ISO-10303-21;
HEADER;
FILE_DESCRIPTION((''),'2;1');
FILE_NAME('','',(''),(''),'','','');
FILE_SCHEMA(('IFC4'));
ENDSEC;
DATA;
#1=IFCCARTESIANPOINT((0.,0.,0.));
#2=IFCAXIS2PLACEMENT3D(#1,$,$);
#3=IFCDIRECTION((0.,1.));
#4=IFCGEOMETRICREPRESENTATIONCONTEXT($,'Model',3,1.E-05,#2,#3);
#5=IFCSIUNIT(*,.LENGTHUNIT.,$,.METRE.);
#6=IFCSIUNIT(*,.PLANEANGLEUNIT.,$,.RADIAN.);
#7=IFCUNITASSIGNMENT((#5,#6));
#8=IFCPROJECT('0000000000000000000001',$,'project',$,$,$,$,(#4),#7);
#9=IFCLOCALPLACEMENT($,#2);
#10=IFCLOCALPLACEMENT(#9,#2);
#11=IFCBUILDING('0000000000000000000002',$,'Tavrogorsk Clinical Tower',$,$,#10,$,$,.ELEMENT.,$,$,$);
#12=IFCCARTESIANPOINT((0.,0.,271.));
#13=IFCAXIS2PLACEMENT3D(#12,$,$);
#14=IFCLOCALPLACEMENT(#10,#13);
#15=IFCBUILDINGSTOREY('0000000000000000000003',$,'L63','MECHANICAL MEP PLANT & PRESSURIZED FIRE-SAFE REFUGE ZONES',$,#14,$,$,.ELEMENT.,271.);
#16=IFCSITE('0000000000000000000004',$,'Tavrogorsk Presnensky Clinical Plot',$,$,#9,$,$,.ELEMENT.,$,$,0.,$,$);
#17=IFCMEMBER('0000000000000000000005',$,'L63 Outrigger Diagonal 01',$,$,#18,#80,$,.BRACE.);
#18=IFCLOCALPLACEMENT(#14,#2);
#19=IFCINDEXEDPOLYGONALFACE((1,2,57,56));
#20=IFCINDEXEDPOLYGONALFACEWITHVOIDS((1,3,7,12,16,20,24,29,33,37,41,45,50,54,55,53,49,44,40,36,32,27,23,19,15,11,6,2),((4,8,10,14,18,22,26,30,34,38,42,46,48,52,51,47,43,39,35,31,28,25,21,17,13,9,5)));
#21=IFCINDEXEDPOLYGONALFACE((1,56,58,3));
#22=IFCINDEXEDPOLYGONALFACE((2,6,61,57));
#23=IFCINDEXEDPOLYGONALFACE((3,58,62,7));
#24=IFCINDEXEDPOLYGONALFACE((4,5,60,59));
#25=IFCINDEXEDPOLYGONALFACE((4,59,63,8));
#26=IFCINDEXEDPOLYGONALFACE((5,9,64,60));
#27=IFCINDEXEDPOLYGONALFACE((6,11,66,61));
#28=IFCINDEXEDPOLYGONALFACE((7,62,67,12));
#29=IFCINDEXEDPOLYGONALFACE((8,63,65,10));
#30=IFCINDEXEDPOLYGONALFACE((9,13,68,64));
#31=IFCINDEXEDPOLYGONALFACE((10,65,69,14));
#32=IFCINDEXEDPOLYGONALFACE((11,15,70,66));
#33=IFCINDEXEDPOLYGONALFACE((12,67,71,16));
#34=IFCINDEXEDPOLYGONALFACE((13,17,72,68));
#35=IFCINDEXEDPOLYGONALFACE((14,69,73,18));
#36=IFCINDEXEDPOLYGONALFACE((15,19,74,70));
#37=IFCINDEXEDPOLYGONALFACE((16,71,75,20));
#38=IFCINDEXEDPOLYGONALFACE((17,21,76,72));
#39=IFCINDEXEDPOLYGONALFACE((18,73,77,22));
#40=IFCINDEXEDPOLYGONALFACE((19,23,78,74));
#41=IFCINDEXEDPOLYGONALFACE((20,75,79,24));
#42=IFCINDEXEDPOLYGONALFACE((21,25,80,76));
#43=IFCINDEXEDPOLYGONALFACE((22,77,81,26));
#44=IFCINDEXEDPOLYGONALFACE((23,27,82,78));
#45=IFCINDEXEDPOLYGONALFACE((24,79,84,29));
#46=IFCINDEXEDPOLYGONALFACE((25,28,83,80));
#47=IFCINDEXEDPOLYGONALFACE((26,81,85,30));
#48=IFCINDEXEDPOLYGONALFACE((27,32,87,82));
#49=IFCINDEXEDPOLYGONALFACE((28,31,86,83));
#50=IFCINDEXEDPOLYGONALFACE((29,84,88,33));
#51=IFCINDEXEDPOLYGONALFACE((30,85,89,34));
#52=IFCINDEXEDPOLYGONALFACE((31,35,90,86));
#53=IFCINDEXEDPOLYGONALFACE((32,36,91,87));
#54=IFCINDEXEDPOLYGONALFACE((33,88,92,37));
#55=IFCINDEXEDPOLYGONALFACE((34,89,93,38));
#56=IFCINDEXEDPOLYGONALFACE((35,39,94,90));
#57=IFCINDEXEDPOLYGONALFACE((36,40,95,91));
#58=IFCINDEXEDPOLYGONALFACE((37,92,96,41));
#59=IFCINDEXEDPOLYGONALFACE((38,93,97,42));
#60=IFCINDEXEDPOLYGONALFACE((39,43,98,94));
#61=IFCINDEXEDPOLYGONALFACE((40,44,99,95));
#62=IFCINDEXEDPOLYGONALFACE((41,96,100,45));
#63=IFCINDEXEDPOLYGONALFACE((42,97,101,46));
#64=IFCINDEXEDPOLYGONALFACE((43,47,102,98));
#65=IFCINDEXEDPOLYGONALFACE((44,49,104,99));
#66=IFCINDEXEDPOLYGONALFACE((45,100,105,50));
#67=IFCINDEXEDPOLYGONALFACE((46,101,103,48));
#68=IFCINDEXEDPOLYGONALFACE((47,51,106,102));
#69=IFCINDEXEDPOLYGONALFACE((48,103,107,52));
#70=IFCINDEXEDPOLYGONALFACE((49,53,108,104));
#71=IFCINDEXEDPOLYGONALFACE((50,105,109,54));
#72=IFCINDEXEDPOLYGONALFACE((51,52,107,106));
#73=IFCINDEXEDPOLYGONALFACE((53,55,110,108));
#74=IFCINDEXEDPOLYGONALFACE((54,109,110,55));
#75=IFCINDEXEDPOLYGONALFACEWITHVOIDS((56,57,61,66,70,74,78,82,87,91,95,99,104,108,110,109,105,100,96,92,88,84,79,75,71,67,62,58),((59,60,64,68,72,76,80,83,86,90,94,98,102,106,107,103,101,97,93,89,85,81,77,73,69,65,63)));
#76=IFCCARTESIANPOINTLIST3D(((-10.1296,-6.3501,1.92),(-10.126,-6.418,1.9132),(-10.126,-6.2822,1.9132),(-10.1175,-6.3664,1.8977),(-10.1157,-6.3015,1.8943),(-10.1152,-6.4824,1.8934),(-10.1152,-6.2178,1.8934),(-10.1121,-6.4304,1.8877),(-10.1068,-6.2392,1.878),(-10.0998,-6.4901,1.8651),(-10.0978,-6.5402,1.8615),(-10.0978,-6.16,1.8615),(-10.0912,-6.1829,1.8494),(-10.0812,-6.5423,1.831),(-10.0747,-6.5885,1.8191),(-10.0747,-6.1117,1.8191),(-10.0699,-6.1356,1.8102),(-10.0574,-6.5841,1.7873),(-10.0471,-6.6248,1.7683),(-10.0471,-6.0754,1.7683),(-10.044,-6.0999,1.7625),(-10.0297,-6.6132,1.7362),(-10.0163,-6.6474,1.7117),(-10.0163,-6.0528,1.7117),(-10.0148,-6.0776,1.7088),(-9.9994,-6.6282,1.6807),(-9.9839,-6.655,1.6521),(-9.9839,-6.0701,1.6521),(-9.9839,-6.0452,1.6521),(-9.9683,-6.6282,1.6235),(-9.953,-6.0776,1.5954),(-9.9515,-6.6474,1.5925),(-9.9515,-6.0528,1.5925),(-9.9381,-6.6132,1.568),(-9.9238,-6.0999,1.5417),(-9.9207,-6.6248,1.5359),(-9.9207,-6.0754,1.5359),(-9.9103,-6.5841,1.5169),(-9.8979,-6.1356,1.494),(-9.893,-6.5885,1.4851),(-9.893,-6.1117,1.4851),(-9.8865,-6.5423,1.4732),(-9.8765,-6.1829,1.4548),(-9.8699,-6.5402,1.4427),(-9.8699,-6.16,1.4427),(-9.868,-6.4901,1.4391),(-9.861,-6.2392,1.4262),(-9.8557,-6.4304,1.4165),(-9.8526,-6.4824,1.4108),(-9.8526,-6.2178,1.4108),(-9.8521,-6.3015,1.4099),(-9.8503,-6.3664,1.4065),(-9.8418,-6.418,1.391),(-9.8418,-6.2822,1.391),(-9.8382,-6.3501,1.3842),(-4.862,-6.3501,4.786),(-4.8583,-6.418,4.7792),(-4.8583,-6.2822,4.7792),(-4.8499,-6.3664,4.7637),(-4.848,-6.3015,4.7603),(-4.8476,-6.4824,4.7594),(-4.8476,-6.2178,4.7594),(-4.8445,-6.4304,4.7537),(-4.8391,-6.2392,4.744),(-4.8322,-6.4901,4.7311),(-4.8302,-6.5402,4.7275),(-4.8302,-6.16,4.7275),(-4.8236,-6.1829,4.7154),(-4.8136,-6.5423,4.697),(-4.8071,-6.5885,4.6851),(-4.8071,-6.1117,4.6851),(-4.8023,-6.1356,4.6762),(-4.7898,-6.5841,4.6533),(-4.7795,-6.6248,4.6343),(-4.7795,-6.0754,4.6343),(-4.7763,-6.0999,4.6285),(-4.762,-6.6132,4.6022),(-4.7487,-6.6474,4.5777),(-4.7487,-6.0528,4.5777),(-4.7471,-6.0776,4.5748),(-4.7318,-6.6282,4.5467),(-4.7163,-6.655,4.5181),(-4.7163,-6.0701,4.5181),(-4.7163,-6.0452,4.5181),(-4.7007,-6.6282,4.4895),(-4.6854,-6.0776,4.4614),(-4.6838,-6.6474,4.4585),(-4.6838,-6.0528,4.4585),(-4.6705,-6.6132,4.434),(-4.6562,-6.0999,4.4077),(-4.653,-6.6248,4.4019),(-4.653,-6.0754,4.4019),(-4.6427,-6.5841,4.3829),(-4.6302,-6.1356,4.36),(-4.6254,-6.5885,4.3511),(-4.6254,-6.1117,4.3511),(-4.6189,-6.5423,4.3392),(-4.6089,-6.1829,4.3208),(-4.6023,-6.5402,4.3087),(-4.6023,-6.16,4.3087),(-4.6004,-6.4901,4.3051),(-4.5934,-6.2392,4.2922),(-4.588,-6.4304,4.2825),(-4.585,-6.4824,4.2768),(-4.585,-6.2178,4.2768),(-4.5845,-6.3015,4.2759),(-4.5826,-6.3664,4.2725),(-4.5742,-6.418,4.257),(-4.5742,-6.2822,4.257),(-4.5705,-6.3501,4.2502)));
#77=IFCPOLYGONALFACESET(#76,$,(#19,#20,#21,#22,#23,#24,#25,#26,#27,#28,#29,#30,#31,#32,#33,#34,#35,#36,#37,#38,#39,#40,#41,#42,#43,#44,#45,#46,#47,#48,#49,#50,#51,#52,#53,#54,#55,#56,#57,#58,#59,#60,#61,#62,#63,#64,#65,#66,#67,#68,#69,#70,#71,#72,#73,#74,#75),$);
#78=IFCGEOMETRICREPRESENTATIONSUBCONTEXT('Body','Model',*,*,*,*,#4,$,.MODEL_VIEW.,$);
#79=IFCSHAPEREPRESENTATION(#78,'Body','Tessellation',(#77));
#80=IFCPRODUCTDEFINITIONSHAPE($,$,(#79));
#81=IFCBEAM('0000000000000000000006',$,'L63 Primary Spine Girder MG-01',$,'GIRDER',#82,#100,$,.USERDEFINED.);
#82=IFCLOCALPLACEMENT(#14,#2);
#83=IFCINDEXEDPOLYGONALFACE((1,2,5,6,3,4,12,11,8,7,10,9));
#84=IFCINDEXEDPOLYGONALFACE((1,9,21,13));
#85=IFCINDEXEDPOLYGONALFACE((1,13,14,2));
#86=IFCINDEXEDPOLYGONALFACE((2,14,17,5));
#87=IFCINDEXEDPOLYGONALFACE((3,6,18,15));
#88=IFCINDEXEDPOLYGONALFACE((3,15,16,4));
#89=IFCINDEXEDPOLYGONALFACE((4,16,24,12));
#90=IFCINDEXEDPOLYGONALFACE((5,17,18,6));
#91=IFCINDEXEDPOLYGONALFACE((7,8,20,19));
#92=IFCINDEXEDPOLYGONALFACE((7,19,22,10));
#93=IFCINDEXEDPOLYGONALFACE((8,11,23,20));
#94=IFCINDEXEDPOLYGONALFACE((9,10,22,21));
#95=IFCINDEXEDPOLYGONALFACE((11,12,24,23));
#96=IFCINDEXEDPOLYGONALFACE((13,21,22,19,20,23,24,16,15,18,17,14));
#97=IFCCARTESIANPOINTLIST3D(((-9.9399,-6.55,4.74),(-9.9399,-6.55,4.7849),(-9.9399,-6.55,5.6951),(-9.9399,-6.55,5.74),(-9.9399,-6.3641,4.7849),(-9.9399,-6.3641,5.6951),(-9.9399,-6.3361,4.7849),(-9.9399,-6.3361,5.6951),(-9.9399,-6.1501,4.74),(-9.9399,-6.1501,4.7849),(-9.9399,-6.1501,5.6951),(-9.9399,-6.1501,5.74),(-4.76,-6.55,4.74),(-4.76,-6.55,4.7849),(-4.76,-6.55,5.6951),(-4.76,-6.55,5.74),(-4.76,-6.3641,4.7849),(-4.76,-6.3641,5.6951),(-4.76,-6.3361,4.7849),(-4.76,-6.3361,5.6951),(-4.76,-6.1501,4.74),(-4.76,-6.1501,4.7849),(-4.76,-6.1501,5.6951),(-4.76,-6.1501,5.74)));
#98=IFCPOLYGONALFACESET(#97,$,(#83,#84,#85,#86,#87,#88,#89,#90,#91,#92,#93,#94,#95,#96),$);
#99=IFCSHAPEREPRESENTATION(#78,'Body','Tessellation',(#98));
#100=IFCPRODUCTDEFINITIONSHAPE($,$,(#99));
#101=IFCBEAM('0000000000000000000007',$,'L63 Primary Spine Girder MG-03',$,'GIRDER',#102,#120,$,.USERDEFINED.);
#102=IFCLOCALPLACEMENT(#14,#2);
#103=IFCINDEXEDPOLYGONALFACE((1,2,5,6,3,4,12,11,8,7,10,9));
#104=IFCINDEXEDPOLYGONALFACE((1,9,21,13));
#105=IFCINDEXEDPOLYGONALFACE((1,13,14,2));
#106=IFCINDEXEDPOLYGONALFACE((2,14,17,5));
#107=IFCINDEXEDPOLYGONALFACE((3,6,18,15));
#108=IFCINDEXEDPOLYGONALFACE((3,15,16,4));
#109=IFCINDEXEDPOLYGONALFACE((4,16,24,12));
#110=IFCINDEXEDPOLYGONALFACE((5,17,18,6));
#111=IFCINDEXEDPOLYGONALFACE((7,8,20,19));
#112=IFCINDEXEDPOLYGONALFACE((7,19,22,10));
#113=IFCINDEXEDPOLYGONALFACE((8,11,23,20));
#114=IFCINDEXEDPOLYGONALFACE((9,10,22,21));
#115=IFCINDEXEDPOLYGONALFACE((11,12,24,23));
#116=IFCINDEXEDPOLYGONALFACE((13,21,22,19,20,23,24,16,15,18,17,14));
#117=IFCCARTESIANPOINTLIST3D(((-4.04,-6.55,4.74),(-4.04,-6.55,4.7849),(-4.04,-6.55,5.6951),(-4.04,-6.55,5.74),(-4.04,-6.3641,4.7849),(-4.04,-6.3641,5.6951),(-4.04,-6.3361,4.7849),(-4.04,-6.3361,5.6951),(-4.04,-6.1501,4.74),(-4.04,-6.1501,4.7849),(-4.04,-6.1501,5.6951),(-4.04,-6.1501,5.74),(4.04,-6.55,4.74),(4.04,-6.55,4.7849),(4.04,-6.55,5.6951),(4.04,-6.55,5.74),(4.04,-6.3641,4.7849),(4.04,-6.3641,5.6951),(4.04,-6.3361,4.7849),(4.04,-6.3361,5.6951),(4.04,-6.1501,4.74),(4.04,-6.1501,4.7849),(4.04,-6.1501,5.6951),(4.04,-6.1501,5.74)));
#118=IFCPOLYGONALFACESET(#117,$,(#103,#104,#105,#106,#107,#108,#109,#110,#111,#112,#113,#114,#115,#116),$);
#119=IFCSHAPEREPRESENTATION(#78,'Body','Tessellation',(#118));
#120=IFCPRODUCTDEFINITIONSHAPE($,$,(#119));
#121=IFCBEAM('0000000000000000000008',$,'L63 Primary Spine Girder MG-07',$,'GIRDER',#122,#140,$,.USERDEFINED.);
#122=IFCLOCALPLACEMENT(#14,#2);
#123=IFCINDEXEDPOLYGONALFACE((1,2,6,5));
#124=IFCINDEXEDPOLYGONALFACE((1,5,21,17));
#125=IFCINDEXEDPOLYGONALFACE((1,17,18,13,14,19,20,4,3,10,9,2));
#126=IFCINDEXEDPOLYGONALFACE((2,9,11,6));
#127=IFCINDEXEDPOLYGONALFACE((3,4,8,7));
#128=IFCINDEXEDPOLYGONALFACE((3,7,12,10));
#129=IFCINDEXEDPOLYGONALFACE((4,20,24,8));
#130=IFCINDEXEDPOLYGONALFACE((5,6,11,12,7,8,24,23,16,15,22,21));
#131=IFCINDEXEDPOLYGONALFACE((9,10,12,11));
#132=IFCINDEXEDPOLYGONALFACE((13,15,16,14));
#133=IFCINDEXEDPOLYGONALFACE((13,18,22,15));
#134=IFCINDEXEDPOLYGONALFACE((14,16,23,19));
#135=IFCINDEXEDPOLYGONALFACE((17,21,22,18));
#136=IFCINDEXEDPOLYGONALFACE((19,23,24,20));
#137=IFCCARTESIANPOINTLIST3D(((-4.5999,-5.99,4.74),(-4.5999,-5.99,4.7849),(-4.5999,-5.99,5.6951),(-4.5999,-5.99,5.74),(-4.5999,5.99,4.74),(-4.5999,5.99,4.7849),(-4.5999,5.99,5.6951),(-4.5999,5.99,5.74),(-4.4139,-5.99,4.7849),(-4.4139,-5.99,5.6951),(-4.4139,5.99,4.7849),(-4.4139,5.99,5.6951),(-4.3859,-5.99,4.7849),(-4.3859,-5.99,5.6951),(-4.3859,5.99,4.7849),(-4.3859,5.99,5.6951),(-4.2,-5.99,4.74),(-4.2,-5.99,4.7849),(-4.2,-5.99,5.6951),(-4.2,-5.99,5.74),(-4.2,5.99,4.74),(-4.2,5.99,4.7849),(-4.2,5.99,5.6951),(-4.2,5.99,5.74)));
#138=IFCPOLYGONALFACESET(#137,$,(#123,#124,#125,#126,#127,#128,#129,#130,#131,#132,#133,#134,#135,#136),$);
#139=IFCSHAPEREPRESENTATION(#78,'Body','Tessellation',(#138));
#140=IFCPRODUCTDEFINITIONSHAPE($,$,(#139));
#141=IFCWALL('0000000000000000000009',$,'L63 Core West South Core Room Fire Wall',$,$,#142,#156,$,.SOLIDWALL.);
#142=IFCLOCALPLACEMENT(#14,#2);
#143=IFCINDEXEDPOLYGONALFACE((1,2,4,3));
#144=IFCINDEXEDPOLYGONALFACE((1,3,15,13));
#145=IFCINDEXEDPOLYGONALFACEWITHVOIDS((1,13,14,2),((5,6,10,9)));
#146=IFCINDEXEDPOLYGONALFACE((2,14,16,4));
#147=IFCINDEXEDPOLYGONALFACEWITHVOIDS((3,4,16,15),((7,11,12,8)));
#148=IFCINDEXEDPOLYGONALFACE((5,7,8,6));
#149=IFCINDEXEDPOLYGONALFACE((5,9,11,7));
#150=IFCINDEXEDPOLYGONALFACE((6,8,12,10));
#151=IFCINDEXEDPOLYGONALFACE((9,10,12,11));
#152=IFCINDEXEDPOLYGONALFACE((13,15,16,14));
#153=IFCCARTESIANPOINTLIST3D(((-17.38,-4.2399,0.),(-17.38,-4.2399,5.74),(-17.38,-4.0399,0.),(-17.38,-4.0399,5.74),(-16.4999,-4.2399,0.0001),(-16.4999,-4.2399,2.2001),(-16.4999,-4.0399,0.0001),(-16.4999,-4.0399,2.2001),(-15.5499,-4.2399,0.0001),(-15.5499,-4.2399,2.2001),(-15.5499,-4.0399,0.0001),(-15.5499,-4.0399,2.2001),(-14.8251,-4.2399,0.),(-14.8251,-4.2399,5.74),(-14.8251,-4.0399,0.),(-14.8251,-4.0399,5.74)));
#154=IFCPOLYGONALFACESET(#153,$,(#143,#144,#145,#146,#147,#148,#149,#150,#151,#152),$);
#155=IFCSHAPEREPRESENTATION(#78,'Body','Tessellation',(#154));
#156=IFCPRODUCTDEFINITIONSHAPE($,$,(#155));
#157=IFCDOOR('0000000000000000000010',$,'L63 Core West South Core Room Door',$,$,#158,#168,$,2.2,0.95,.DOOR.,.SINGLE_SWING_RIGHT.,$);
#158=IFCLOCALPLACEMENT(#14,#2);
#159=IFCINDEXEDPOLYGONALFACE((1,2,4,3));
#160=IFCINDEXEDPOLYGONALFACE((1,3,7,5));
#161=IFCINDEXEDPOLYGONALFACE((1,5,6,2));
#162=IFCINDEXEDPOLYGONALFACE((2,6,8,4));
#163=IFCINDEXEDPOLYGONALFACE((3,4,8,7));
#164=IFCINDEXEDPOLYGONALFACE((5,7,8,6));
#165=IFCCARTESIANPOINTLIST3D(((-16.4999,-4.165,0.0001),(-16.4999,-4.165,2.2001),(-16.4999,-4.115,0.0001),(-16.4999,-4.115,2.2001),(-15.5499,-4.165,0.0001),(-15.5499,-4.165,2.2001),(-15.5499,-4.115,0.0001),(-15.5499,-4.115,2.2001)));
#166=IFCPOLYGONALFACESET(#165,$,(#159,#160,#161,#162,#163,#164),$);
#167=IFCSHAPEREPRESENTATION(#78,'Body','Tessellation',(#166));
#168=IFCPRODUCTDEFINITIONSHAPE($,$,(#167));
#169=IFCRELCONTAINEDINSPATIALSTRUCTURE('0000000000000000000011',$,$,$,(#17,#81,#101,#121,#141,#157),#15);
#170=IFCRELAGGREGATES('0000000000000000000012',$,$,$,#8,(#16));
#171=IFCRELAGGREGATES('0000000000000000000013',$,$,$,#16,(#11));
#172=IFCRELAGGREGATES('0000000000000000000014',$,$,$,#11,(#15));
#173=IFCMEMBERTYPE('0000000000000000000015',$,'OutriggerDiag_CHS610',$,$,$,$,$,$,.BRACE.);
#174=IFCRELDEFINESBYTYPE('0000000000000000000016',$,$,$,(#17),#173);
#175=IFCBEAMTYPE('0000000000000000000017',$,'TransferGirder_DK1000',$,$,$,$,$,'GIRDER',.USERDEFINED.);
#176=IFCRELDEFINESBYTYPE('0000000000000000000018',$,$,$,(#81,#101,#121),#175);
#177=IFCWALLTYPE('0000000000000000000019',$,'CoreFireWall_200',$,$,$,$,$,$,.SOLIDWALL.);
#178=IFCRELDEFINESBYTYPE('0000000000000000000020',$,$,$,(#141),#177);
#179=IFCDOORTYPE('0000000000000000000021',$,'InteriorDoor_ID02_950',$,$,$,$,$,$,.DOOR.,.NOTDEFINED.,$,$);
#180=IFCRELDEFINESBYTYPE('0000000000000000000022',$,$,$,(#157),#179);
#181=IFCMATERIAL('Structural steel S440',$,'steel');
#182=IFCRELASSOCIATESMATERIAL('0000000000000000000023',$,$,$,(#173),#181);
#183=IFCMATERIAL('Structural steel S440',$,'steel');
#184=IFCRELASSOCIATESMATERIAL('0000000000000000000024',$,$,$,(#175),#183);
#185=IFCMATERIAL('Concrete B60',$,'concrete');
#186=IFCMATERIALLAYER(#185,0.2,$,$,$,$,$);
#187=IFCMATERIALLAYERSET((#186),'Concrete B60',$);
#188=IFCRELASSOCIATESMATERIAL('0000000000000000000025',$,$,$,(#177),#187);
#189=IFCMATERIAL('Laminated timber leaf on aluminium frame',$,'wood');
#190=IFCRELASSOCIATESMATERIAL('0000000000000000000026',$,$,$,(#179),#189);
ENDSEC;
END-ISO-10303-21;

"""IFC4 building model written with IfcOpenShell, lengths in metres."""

from ifc_helpers import new_model, si_unit, direction, frame, frame_2d, origin, origin_2d, place, context, subcontext, project, spatial, rectangle, hollow_circle, i_section, extrude, material, layer, layer_set, material_profile, profile_set, type_object, element, fill, save


model = new_model("IFC4")

# Units and contexts
model_context = context("Model", 3, precision=1e-05, world=origin(), true_north=direction((0.0, 1.0)))
body_context = subcontext(model_context, "Body", "Model", "MODEL_VIEW")
ifc_project = project(units=[si_unit("LENGTHUNIT", "METRE"), si_unit("PLANEANGLEUNIT", "RADIAN")], contexts=[model_context])

# Site, building, storey
site_placement = place(None, origin())
site = spatial("IfcSite", under=ifc_project, at=site_placement, Name="Tavrogorsk Presnensky Clinical Plot", CompositionType="ELEMENT", RefElevation=0.0)
building_placement = place(site_placement, origin())
building = spatial("IfcBuilding", under=site, at=building_placement, Name="Tavrogorsk Clinical Tower", CompositionType="ELEMENT")
storey_placement = place(building_placement, frame((0.0, 0.0, 271.0)))
storey = spatial("IfcBuildingStorey", under=building, at=storey_placement, Name="L63", Description="MECHANICAL MEP PLANT & PRESSURIZED FIRE-SAFE REFUGE ZONES", CompositionType="ELEMENT", Elevation=271.0)

# Member
ifc_material_1 = material(Name="Structural steel S440", Category="steel")
ifc_material_profile_1 = material_profile(ifc_material_1, hollow_circle(Radius=0.3049, WallThickness=0.0249, at=origin_2d()), Name="CHS-610x25")
ifc_profile_set_1 = profile_set([ifc_material_profile_1], Name="Structural steel S440")
member_type_1 = type_object("IfcMemberType", Name="OutriggerDiag_CHS610", PredefinedType="BRACE", material=ifc_profile_set_1)
member_1_placement = place(storey_placement, frame((-9.9839, -6.3501, 1.6521), z_axis=(0.878404, 0.0, 0.477919), x_axis=(0.0, 1.0, 0.0)))
element("IfcMember", 1, at=member_1_placement, inside=storey, type_object=member_type_1, Name="L63 Outrigger Diagonal 01", PredefinedType="BRACE", context=body_context, shape_type="SweptSolid", body=[
    extrude(hollow_circle(Radius=0.3049, WallThickness=0.0249, at=origin_2d()), origin(), (0.0, 0.0, 1.0), 5.9968),
])

# Beams
ifc_material_2 = material(Name="Structural steel S440", Category="steel")
ifc_material_profile_2 = material_profile(ifc_material_2, i_section(OverallWidth=0.3999, OverallDepth=1.0, WebThickness=0.0281, FlangeThickness=0.0449, at=origin_2d()), Name="DK-1000x400x28x45")
ifc_profile_set_2 = profile_set([ifc_material_profile_2], Name="Structural steel S440")
beam_type_1 = type_object("IfcBeamType", Name="TransferGirder_DK1000", ElementType="GIRDER", PredefinedType="USERDEFINED", material=ifc_profile_set_2)
beam_1_placement = place(storey_placement, frame((-9.9399, -6.3501, 5.24), z_axis=(1.0, 0.0, 0.0), x_axis=(0.0, 1.0, 0.0)))
element("IfcBeam", 2, at=beam_1_placement, inside=storey, type_object=beam_type_1, Name="L63 Primary Spine Girder MG-01", ObjectType="GIRDER", PredefinedType="USERDEFINED", context=body_context, shape_type="SweptSolid", body=[
    extrude(i_section(OverallWidth=0.3999, OverallDepth=1.0, WebThickness=0.0281, FlangeThickness=0.0449, at=origin_2d()), origin(), (0.0, 0.0, 1.0), 5.1799),
])
beam_2_placement = place(storey_placement, frame((-4.04, -6.3501, 5.24), z_axis=(1.0, 0.0, 0.0), x_axis=(0.0, 1.0, 0.0)))
element("IfcBeam", 3, at=beam_2_placement, inside=storey, type_object=beam_type_1, Name="L63 Primary Spine Girder MG-03", ObjectType="GIRDER", PredefinedType="USERDEFINED", context=body_context, shape_type="SweptSolid", body=[
    extrude(i_section(OverallWidth=0.3999, OverallDepth=1.0, WebThickness=0.0281, FlangeThickness=0.0449, at=origin_2d()), origin(), (0.0, 0.0, 1.0), 8.0801),
])
beam_3_placement = place(storey_placement, frame((-4.3999, -5.99, 5.24), z_axis=(0.0, 1.0, 0.0), x_axis=(-1.0, 0.0, 0.0)))
element("IfcBeam", 4, at=beam_3_placement, inside=storey, type_object=beam_type_1, Name="L63 Primary Spine Girder MG-07", ObjectType="GIRDER", PredefinedType="USERDEFINED", context=body_context, shape_type="SweptSolid", body=[
    extrude(i_section(OverallWidth=0.3999, OverallDepth=1.0, WebThickness=0.0281, FlangeThickness=0.0449, at=origin_2d()), origin(), (0.0, 0.0, 1.0), 11.98),
])

# Wall, opening, door
ifc_material_3 = material(Name="Concrete B60", Category="concrete")
ifc_layer_1 = layer(ifc_material_3, 0.2)
ifc_layer_set_1 = layer_set([ifc_layer_1], Name="Concrete B60")
wall_type_1 = type_object("IfcWallType", Name="CoreFireWall_200", PredefinedType="SOLIDWALL", material=ifc_layer_set_1)
wall_1_placement = place(storey_placement, frame((-17.3799, -4.1399, 0.0), z_axis=(0.0, 0.0, 1.0), x_axis=(1.0, 0.0, 0.0)))
wall_1 = element("IfcWall", 5, at=wall_1_placement, inside=storey, type_object=wall_type_1, Name="L63 Core West South Core Room Fire Wall", PredefinedType="SOLIDWALL", context=body_context, shape_type="SweptSolid", body=[
    extrude(rectangle(XDim=2.5549, YDim=0.2, at=frame_2d((1.2773, 0.0))), origin(), (0.0, 0.0, 1.0), 5.74),
])
opening_1_placement = place(wall_1_placement, frame((0.8799, 0.0, 0.0)))
opening_1 = element("IfcOpeningElement", 6, at=opening_1_placement, cuts=wall_1, PredefinedType="OPENING", context=body_context, shape_type="SweptSolid", body=[
    extrude(rectangle(XDim=0.95, YDim=2.2, at=frame_2d((0.4751, 1.1001))), frame((0.0, 0.1099, 0.0), z_axis=(0.0, -1.0, 0.0), x_axis=(1.0, 0.0, 0.0)), (0.0, 0.0, 1.0), 0.22),
])
ifc_material_4 = material(Name="Laminated timber leaf on aluminium frame", Category="wood")
door_type_1 = type_object("IfcDoorType", Name="InteriorDoor_ID02_950", OperationType="NOTDEFINED", PredefinedType="DOOR", material=ifc_material_4)
door_1_placement = place(opening_1_placement, origin())
door_1 = element("IfcDoor", 7, at=door_1_placement, inside=storey, type_object=door_type_1, Name="L63 Core West South Core Room Door", OperationType="SINGLE_SWING_RIGHT", OverallHeight=2.2, OverallWidth=0.95, PredefinedType="DOOR", context=body_context, shape_type="SweptSolid", body=[
    extrude(rectangle(XDim=0.95, YDim=2.2, at=frame_2d((0.4751, 1.1001))), frame((0.0, 0.0249, 0.0), z_axis=(0.0, -1.0, 0.0), x_axis=(1.0, 0.0, 0.0)), (0.0, 0.0, 1.0), 0.05),
])
fill(opening_1, door_1)

save(model, "model.ifc")
